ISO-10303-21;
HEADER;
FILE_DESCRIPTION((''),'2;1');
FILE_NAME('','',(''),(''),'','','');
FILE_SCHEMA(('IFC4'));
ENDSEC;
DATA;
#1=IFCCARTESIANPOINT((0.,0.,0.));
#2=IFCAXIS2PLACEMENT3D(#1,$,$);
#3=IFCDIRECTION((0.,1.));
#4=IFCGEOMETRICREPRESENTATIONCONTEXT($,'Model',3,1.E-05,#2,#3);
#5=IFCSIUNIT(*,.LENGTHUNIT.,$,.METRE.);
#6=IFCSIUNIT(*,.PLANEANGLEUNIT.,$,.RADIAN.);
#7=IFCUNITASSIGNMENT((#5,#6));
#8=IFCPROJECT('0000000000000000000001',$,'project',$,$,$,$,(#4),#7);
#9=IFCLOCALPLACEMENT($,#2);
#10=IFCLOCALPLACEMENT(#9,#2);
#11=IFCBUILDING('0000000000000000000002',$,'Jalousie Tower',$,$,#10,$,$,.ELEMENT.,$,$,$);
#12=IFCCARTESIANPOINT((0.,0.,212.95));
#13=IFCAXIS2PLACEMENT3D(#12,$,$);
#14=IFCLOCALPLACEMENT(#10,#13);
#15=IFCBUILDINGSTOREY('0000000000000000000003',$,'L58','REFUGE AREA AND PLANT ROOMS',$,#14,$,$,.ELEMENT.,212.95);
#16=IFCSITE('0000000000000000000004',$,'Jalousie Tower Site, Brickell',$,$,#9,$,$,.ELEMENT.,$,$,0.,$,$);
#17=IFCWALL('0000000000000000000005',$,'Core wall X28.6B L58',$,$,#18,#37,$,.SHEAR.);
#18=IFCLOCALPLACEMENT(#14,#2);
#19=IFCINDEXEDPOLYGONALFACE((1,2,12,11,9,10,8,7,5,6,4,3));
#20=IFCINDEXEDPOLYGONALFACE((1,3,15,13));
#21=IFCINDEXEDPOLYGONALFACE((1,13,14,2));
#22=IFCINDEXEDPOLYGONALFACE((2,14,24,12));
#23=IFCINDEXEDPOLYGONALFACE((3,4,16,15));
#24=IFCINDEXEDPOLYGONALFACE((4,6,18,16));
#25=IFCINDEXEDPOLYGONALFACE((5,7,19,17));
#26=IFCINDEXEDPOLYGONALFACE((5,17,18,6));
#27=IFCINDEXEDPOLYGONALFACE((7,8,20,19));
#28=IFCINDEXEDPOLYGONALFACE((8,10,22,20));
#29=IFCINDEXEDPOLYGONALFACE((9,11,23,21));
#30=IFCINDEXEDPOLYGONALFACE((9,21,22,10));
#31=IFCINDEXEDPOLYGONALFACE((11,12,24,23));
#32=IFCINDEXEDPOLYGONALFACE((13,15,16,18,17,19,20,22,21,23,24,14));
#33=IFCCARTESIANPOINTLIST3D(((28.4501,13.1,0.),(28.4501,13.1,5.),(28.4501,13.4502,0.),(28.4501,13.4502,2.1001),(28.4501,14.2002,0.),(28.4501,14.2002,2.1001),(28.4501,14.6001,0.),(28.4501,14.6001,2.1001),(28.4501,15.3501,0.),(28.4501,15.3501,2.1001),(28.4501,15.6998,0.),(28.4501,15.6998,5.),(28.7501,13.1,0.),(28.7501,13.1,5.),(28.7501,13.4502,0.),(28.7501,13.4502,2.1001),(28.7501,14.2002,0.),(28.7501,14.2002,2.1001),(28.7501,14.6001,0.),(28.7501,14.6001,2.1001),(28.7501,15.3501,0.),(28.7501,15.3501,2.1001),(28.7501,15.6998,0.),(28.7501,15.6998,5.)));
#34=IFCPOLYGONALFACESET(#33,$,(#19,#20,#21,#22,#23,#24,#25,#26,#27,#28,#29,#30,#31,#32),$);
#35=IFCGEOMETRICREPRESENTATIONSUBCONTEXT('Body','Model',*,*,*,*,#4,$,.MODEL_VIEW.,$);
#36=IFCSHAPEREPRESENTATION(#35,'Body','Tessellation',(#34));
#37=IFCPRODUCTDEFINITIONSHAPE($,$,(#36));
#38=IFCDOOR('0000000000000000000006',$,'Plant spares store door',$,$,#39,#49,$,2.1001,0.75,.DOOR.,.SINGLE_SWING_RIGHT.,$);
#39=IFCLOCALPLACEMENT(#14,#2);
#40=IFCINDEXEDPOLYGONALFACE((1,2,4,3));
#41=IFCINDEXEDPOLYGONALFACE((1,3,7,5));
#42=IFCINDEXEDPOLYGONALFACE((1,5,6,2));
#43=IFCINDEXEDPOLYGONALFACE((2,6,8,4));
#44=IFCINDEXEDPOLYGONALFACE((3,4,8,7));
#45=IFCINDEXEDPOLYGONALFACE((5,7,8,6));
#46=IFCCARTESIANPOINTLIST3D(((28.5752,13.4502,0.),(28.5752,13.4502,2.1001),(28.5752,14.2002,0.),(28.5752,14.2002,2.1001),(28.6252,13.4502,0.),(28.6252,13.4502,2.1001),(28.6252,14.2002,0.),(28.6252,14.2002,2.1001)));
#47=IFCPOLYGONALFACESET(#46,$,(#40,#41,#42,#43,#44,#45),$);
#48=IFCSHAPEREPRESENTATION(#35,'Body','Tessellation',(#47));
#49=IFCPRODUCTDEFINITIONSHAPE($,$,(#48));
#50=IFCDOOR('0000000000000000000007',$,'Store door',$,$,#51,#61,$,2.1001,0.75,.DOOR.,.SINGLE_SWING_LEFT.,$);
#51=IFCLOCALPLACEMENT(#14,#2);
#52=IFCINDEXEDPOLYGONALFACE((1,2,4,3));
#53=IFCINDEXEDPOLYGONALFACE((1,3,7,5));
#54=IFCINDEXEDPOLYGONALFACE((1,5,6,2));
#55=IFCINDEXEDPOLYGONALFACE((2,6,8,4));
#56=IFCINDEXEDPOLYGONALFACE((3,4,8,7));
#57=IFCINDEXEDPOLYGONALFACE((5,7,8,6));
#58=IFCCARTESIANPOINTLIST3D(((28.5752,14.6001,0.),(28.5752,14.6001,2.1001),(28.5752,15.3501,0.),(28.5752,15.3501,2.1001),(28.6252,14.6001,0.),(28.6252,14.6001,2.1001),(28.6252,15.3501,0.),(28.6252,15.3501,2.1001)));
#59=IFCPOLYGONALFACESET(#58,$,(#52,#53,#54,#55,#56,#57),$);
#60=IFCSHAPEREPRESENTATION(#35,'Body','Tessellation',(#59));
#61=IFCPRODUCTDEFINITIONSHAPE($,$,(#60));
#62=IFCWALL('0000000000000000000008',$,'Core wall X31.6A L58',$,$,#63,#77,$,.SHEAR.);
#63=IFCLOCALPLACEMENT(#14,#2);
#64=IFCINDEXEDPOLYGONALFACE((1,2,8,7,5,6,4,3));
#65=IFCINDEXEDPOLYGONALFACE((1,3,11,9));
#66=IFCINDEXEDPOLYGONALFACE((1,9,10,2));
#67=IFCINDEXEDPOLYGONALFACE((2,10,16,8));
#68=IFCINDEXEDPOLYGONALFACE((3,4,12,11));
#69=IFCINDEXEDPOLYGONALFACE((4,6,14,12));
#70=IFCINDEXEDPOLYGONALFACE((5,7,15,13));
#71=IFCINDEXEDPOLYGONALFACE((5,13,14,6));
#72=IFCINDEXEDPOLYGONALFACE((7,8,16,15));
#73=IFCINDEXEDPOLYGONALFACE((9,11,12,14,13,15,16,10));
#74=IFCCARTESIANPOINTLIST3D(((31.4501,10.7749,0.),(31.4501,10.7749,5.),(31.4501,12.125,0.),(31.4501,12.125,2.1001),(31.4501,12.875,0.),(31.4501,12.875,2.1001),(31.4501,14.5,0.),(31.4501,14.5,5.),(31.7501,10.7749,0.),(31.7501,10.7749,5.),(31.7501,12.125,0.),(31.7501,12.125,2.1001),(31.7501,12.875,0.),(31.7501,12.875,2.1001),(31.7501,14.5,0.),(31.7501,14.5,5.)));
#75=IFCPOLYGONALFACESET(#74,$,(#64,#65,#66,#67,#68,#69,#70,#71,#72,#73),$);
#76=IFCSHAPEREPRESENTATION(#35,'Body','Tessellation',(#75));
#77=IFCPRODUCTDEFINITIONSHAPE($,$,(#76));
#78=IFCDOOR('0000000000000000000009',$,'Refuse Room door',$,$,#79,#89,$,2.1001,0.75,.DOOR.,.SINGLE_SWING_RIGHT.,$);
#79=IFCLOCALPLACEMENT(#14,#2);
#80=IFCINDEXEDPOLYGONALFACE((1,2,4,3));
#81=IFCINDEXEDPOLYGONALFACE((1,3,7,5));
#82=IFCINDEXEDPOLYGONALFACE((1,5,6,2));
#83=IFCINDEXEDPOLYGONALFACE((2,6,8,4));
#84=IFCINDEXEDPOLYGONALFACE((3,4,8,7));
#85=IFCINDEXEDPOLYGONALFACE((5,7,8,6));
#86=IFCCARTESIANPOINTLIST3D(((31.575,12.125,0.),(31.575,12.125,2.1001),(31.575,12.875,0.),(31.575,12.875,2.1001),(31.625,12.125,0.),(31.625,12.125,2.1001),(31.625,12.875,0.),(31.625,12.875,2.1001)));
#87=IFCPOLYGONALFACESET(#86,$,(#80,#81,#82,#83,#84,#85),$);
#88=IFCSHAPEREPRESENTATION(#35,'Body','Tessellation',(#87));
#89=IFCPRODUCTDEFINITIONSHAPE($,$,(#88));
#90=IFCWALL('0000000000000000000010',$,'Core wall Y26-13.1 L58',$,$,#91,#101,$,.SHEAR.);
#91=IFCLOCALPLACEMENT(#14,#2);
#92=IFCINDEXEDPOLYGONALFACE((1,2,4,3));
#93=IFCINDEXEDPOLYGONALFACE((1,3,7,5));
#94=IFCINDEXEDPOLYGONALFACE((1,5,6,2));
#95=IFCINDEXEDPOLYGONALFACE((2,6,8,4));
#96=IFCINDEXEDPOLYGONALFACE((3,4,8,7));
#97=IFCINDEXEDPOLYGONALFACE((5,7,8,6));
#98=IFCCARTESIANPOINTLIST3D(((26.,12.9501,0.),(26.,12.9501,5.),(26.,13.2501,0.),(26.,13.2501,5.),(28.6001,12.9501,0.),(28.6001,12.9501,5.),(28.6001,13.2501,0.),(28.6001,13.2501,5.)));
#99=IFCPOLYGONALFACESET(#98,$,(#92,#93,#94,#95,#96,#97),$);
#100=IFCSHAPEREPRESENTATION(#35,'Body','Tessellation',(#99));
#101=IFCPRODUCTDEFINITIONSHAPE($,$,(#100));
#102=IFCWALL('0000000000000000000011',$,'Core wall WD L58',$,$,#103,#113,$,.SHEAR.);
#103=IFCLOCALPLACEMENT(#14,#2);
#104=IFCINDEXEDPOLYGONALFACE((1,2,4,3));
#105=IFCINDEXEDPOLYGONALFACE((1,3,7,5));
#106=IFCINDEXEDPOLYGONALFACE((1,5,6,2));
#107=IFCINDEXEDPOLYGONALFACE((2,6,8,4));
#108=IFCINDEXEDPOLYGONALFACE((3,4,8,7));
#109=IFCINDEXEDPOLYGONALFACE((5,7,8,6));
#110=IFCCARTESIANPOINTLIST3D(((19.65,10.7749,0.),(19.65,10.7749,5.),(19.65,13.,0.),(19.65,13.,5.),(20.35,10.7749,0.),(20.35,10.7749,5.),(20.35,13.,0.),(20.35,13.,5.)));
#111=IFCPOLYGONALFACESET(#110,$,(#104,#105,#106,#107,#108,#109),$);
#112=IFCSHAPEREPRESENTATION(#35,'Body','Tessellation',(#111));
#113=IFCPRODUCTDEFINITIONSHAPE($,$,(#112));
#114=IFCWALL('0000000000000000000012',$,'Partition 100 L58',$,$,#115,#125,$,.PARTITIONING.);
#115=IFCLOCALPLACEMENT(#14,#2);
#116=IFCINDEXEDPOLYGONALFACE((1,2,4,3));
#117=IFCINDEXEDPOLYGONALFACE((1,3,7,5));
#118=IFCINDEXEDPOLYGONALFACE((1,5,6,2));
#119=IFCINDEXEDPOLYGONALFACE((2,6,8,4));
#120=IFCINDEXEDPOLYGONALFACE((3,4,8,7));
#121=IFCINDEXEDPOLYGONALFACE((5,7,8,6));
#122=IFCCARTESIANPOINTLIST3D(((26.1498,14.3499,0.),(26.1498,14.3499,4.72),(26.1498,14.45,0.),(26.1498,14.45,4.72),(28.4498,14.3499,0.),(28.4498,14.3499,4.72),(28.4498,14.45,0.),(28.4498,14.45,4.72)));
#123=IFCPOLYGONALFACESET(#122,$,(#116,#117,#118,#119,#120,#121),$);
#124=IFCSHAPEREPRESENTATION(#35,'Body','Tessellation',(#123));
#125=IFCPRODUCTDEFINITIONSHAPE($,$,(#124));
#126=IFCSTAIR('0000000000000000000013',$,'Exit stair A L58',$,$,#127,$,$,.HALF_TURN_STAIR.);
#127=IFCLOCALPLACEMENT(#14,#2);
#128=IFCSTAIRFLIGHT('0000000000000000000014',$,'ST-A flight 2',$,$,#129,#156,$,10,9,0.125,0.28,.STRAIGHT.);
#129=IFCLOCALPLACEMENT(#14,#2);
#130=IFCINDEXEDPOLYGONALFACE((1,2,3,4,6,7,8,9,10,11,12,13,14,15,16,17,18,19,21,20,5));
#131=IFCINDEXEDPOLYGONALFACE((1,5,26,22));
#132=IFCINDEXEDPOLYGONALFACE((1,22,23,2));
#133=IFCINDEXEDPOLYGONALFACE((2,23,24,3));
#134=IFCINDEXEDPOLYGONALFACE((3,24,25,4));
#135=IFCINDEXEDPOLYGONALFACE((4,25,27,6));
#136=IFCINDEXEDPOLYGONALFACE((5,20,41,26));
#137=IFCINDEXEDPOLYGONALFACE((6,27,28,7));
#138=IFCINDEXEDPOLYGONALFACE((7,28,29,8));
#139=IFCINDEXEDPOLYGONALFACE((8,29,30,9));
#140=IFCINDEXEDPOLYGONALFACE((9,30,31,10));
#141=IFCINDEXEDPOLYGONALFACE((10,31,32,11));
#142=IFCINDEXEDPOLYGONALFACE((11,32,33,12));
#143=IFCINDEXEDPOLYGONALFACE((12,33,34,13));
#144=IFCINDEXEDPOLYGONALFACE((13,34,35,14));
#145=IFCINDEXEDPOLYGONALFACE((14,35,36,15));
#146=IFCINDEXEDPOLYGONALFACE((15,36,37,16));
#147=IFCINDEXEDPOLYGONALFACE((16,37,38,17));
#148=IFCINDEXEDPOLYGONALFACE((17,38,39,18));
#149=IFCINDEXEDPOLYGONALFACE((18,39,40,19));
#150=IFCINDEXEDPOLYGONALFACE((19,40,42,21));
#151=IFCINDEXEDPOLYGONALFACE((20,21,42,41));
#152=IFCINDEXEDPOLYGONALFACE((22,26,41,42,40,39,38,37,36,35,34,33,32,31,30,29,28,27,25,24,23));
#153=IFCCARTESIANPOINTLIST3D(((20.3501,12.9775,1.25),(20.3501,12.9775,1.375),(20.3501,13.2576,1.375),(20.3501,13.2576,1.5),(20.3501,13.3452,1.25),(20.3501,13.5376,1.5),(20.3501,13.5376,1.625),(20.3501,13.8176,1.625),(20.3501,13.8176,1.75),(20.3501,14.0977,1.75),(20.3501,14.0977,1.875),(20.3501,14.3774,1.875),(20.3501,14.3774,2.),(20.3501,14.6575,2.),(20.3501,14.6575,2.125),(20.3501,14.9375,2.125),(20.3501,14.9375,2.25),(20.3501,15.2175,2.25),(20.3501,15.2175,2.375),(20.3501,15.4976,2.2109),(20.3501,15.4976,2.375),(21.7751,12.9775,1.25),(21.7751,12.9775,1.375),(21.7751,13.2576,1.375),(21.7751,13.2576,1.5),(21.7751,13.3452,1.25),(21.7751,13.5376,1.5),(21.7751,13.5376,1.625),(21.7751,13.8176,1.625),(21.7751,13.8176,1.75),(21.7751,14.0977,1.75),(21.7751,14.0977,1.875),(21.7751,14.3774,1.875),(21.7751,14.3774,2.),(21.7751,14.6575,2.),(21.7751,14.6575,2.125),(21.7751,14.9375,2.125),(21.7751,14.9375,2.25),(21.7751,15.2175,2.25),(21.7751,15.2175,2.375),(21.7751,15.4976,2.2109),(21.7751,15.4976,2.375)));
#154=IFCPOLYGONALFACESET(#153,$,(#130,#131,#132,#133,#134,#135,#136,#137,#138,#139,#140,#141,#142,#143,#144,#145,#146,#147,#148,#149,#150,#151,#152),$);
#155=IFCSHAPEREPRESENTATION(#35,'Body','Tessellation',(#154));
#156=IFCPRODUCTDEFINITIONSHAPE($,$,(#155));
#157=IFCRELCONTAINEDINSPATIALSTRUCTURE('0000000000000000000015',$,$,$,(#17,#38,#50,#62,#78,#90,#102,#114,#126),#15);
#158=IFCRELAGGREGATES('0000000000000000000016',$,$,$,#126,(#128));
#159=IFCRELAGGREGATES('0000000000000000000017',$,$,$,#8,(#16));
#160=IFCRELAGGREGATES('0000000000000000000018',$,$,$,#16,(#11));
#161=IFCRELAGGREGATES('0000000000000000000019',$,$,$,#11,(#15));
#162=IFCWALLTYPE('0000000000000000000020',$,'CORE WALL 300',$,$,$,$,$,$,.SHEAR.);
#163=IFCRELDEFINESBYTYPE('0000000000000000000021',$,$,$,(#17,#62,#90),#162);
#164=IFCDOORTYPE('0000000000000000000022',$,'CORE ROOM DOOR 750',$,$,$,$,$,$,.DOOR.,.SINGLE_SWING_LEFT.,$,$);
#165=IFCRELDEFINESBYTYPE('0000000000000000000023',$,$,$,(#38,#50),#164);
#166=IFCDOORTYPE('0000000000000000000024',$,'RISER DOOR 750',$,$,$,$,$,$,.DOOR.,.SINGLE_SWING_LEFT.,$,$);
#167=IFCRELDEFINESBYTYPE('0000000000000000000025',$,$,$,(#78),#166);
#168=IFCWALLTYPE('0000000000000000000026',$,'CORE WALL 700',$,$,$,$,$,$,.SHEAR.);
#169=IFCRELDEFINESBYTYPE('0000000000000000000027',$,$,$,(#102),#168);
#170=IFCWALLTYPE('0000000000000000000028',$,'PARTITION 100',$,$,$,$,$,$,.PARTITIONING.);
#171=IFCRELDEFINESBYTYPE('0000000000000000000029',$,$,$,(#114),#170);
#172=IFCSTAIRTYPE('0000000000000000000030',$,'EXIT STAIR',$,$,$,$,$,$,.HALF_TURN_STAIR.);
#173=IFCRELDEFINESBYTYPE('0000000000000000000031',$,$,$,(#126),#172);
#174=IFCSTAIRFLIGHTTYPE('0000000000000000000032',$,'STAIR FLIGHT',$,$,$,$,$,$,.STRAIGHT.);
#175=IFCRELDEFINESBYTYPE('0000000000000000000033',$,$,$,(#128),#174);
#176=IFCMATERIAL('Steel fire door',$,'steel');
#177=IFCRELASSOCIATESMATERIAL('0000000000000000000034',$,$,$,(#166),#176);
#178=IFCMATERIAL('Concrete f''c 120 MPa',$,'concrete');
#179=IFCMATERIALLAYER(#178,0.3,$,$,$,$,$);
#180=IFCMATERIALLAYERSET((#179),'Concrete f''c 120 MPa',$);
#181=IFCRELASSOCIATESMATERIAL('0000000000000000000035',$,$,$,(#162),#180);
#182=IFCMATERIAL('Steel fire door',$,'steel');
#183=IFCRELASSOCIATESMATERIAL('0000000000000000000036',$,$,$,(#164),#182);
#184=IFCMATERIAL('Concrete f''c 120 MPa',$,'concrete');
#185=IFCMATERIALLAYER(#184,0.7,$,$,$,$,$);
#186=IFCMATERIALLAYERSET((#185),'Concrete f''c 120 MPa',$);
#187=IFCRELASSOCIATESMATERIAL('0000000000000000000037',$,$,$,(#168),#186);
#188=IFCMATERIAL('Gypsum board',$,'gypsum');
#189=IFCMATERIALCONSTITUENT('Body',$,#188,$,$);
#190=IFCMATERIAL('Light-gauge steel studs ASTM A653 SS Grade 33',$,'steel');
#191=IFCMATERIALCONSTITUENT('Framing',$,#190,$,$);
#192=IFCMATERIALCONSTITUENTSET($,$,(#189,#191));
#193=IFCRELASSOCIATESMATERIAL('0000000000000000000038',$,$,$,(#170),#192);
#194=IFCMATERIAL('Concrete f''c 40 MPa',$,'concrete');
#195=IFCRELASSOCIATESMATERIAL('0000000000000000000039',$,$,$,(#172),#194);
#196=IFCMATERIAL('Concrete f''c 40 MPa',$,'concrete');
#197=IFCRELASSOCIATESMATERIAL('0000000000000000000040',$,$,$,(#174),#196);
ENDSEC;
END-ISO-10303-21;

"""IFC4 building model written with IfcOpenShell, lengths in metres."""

from ifc_helpers import new_model, si_unit, direction, frame, frame_2d, origin, place, context, subcontext, project, spatial, polyline, rectangle, outline, extrude, material, layer, layer_set, constituent, constituent_set, type_object, element, fill, aggregate, save


model = new_model("IFC4")

# Units and contexts
model_context = context("Model", 3, precision=1e-05, world=origin(), true_north=direction((0.0, 1.0)))
body_context = subcontext(model_context, "Body", "Model", "MODEL_VIEW")
ifc_project = project(units=[si_unit("LENGTHUNIT", "METRE"), si_unit("PLANEANGLEUNIT", "RADIAN")], contexts=[model_context])

# Site, building, storey
site_placement = place(None, origin())
site = spatial("IfcSite", under=ifc_project, at=site_placement, Name="Jalousie Tower Site, Brickell", CompositionType="ELEMENT", RefElevation=0.0)
building_placement = place(site_placement, origin())
building = spatial("IfcBuilding", under=site, at=building_placement, Name="Jalousie Tower", CompositionType="ELEMENT")
storey_placement = place(building_placement, frame((0.0, 0.0, 212.95)))
storey = spatial("IfcBuildingStorey", under=building, at=storey_placement, Name="L58", Description="REFUGE AREA AND PLANT ROOMS", CompositionType="ELEMENT", Elevation=212.95)

# Shared definitions
ifc_material_1 = material(Name="Steel fire door", Category="steel")
door_type_1 = type_object("IfcDoorType", Name="RISER DOOR 750", OperationType="SINGLE_SWING_LEFT", PredefinedType="DOOR", material=ifc_material_1)

# Shared definitions
ifc_material_2 = material(Name="Concrete f'c 120 MPa", Category="concrete")
ifc_layer_1 = layer(ifc_material_2, 0.3)
ifc_layer_set_1 = layer_set([ifc_layer_1], Name="Concrete f'c 120 MPa")
wall_type_1 = type_object("IfcWallType", Name="CORE WALL 300", PredefinedType="SHEAR", material=ifc_layer_set_1)

# Wall, openings, doors
wall_1_placement = place(storey_placement, frame((28.6001, 13.1001, 0.0), z_axis=(0.0, 0.0, 1.0), x_axis=(0.0, 1.0, 0.0)))
wall_1 = element("IfcWall", 1, at=wall_1_placement, inside=storey, type_object=wall_type_1, Name="Core wall X28.6B L58", PredefinedType="SHEAR", context=body_context, shape_type="SweptSolid", body=[
    extrude(rectangle(XDim=2.5999, YDim=0.3, at=frame_2d((1.2998, 0.0))), origin(), (0.0, 0.0, 1.0), 5.0),
])
opening_1_placement = place(wall_1_placement, frame((0.3501, 0.0, 0.0)))
opening_1 = element("IfcOpeningElement", 2, at=opening_1_placement, cuts=wall_1, PredefinedType="OPENING", context=body_context, shape_type="SweptSolid", body=[
    extrude(rectangle(XDim=0.75, YDim=2.1001, at=frame_2d((0.375, 1.05))), frame((0.0, 0.1599, 0.0), z_axis=(0.0, -1.0, 0.0), x_axis=(1.0, 0.0, 0.0)), (0.0, 0.0, 1.0), 0.3201),
])
opening_2_placement = place(wall_1_placement, frame((1.5, 0.0, 0.0)))
opening_2 = element("IfcOpeningElement", 3, at=opening_2_placement, cuts=wall_1, PredefinedType="OPENING", context=body_context, shape_type="SweptSolid", body=[
    extrude(rectangle(XDim=0.75, YDim=2.1001, at=frame_2d((0.375, 1.05))), frame((0.0, 0.1599, 0.0), z_axis=(0.0, -1.0, 0.0), x_axis=(1.0, 0.0, 0.0)), (0.0, 0.0, 1.0), 0.3201),
])
ifc_material_3 = material(Name="Steel fire door", Category="steel")
door_type_2 = type_object("IfcDoorType", Name="CORE ROOM DOOR 750", OperationType="SINGLE_SWING_LEFT", PredefinedType="DOOR", material=ifc_material_3)
door_1_placement = place(opening_1_placement, origin())
door_1 = element("IfcDoor", 4, at=door_1_placement, inside=storey, type_object=door_type_2, Name="Plant spares store door", OperationType="SINGLE_SWING_RIGHT", OverallHeight=2.1001, OverallWidth=0.75, PredefinedType="DOOR", context=body_context, shape_type="SweptSolid", body=[
    extrude(rectangle(XDim=0.75, YDim=2.1001, at=frame_2d((0.375, 1.05))), frame((0.0, 0.0249, 0.0), z_axis=(0.0, -1.0, 0.0), x_axis=(1.0, 0.0, 0.0)), (0.0, 0.0, 1.0), 0.05),
])
fill(opening_1, door_1)
door_2_placement = place(opening_2_placement, origin())
door_2 = element("IfcDoor", 5, at=door_2_placement, inside=storey, type_object=door_type_2, Name="Store door", OperationType="SINGLE_SWING_LEFT", OverallHeight=2.1001, OverallWidth=0.75, PredefinedType="DOOR", context=body_context, shape_type="SweptSolid", body=[
    extrude(rectangle(XDim=0.75, YDim=2.1001, at=frame_2d((0.375, 1.05))), frame((0.0, 0.0249, 0.0), z_axis=(0.0, -1.0, 0.0), x_axis=(1.0, 0.0, 0.0)), (0.0, 0.0, 1.0), 0.05),
])
fill(opening_2, door_2)

# Wall, opening, door
wall_2_placement = place(storey_placement, frame((31.6001, 10.7749, 0.0), z_axis=(0.0, 0.0, 1.0), x_axis=(0.0, 1.0, 0.0)))
wall_2 = element("IfcWall", 6, at=wall_2_placement, inside=storey, type_object=wall_type_1, Name="Core wall X31.6A L58", PredefinedType="SHEAR", context=body_context, shape_type="SweptSolid", body=[
    extrude(rectangle(XDim=3.7251, YDim=0.3, at=frame_2d((1.8625, 0.0))), origin(), (0.0, 0.0, 1.0), 5.0),
])
opening_3_placement = place(wall_2_placement, frame((1.3501, 0.0, 0.0)))
opening_3 = element("IfcOpeningElement", 7, at=opening_3_placement, cuts=wall_2, PredefinedType="OPENING", context=body_context, shape_type="SweptSolid", body=[
    extrude(rectangle(XDim=0.75, YDim=2.1001, at=frame_2d((0.375, 1.05))), frame((0.0, 0.1599, 0.0), z_axis=(0.0, -1.0, 0.0), x_axis=(1.0, 0.0, 0.0)), (0.0, 0.0, 1.0), 0.3201),
])
door_3_placement = place(opening_3_placement, frame((0.75, 0.0, 0.0), z_axis=(0.0, 0.0, 1.0), x_axis=(-1.0, 0.0, 0.0)))
door_3 = element("IfcDoor", 8, at=door_3_placement, inside=storey, type_object=door_type_1, Name="Refuse Room door", OperationType="SINGLE_SWING_RIGHT", OverallHeight=2.1001, OverallWidth=0.75, PredefinedType="DOOR", context=body_context, shape_type="SweptSolid", body=[
    extrude(rectangle(XDim=0.75, YDim=2.1001, at=frame_2d((0.375, 1.05))), frame((0.0, 0.0249, 0.0), z_axis=(0.0, -1.0, 0.0), x_axis=(1.0, 0.0, 0.0)), (0.0, 0.0, 1.0), 0.05),
])
fill(opening_3, door_3)

# Walls
wall_3_placement = place(storey_placement, frame((26.0, 13.1001, 0.0), z_axis=(0.0, 0.0, 1.0), x_axis=(1.0, 0.0, 0.0)))
element("IfcWall", 9, at=wall_3_placement, inside=storey, type_object=wall_type_1, Name="Core wall Y26-13.1 L58", PredefinedType="SHEAR", context=body_context, shape_type="SweptSolid", body=[
    extrude(rectangle(XDim=2.6001, YDim=0.3, at=frame_2d((1.3, 0.0))), origin(), (0.0, 0.0, 1.0), 5.0),
])
ifc_material_4 = material(Name="Concrete f'c 120 MPa", Category="concrete")
ifc_layer_2 = layer(ifc_material_4, 0.7)
ifc_layer_set_2 = layer_set([ifc_layer_2], Name="Concrete f'c 120 MPa")
wall_type_2 = type_object("IfcWallType", Name="CORE WALL 700", PredefinedType="SHEAR", material=ifc_layer_set_2)
wall_4_placement = place(storey_placement, frame((20.0, 13.0, 0.0), z_axis=(0.0, 0.0, 1.0), x_axis=(0.0, -1.0, 0.0)))
element("IfcWall", 10, at=wall_4_placement, inside=storey, type_object=wall_type_2, Name="Core wall WD L58", PredefinedType="SHEAR", context=body_context, shape_type="SweptSolid", body=[
    extrude(rectangle(XDim=2.2251, YDim=0.7, at=frame_2d((1.1125, 0.0))), origin(), (0.0, 0.0, 1.0), 5.0),
])
ifc_material_5 = material(Name="Gypsum board", Category="gypsum")
ifc_constituent_1 = constituent(ifc_material_5, Name="Body")
ifc_material_6 = material(Name="Light-gauge steel studs ASTM A653 SS Grade 33", Category="steel")
ifc_constituent_2 = constituent(ifc_material_6, Name="Framing")
ifc_constituent_set_1 = constituent_set(constituents=[ifc_constituent_1, ifc_constituent_2])
wall_type_3 = type_object("IfcWallType", Name="PARTITION 100", PredefinedType="PARTITIONING", material=ifc_constituent_set_1)
wall_5_placement = place(storey_placement, frame((26.1499, 14.3999, 0.0), z_axis=(0.0, 0.0, 1.0), x_axis=(1.0, 0.0, 0.0)))
element("IfcWall", 11, at=wall_5_placement, inside=storey, type_object=wall_type_3, Name="Partition 100 L58", PredefinedType="PARTITIONING", context=body_context, shape_type="SweptSolid", body=[
    extrude(rectangle(XDim=2.3, YDim=0.1001, at=frame_2d((1.1499, 0.0))), origin(), (0.0, 0.0, 1.0), 4.72),
])

# Stair, stair flight
ifc_material_7 = material(Name="Concrete f'c 40 MPa", Category="concrete")
stair_type = type_object("IfcStairType", Name="EXIT STAIR", PredefinedType="HALF_TURN_STAIR", material=ifc_material_7)
stair_placement = place(storey_placement, origin())
stair = element("IfcStair", 12, at=stair_placement, inside=storey, type_object=stair_type, Name="Exit stair A L58", PredefinedType="HALF_TURN_STAIR")
ifc_material_8 = material(Name="Concrete f'c 40 MPa", Category="concrete")
stair_flight_type = type_object("IfcStairFlightType", Name="STAIR FLIGHT", PredefinedType="STRAIGHT", material=ifc_material_8)
stair_flight_1_placement = place(storey_placement, frame((21.0625, 12.9775, 1.25), z_axis=(0.0, 0.0, 1.0), x_axis=(0.0, 1.0, 0.0)))
stair_flight_1 = element("IfcStairFlight", 13, at=stair_flight_1_placement, type_object=stair_flight_type, Name="ST-A flight 2", NumberOfRisers=10, NumberOfTreads=9, PredefinedType="STRAIGHT", RiserHeight=0.125, TreadLength=0.28, context=body_context, shape_type="SweptSolid", body=[
    extrude(outline(polyline([(0.0, 0.0), (0.0, 0.125), (0.28, 0.125), (0.28, 0.25), (0.5601, 0.25), (0.5601, 0.375), (0.8401, 0.375), (0.8401, 0.5), (1.1201, 0.5), (1.1201, 0.625), (1.3999, 0.625), (1.3999, 0.75), (1.6799, 0.75), (1.6799, 0.875), (1.96, 0.875), (1.96, 1.0), (2.24, 1.0), (2.24, 1.125), (2.52, 1.125), (2.52, 1.25), (2.52, 0.9609), (0.3677, 0.0), (0.0, 0.0)])), frame((0.0, 0.7124, 0.0), z_axis=(0.0, -1.0, 0.0), x_axis=(1.0, 0.0, 0.0)), (0.0, 0.0, 1.0), 1.425),
])
aggregate(stair, [stair_flight_1])

save(model, "model.ifc")
